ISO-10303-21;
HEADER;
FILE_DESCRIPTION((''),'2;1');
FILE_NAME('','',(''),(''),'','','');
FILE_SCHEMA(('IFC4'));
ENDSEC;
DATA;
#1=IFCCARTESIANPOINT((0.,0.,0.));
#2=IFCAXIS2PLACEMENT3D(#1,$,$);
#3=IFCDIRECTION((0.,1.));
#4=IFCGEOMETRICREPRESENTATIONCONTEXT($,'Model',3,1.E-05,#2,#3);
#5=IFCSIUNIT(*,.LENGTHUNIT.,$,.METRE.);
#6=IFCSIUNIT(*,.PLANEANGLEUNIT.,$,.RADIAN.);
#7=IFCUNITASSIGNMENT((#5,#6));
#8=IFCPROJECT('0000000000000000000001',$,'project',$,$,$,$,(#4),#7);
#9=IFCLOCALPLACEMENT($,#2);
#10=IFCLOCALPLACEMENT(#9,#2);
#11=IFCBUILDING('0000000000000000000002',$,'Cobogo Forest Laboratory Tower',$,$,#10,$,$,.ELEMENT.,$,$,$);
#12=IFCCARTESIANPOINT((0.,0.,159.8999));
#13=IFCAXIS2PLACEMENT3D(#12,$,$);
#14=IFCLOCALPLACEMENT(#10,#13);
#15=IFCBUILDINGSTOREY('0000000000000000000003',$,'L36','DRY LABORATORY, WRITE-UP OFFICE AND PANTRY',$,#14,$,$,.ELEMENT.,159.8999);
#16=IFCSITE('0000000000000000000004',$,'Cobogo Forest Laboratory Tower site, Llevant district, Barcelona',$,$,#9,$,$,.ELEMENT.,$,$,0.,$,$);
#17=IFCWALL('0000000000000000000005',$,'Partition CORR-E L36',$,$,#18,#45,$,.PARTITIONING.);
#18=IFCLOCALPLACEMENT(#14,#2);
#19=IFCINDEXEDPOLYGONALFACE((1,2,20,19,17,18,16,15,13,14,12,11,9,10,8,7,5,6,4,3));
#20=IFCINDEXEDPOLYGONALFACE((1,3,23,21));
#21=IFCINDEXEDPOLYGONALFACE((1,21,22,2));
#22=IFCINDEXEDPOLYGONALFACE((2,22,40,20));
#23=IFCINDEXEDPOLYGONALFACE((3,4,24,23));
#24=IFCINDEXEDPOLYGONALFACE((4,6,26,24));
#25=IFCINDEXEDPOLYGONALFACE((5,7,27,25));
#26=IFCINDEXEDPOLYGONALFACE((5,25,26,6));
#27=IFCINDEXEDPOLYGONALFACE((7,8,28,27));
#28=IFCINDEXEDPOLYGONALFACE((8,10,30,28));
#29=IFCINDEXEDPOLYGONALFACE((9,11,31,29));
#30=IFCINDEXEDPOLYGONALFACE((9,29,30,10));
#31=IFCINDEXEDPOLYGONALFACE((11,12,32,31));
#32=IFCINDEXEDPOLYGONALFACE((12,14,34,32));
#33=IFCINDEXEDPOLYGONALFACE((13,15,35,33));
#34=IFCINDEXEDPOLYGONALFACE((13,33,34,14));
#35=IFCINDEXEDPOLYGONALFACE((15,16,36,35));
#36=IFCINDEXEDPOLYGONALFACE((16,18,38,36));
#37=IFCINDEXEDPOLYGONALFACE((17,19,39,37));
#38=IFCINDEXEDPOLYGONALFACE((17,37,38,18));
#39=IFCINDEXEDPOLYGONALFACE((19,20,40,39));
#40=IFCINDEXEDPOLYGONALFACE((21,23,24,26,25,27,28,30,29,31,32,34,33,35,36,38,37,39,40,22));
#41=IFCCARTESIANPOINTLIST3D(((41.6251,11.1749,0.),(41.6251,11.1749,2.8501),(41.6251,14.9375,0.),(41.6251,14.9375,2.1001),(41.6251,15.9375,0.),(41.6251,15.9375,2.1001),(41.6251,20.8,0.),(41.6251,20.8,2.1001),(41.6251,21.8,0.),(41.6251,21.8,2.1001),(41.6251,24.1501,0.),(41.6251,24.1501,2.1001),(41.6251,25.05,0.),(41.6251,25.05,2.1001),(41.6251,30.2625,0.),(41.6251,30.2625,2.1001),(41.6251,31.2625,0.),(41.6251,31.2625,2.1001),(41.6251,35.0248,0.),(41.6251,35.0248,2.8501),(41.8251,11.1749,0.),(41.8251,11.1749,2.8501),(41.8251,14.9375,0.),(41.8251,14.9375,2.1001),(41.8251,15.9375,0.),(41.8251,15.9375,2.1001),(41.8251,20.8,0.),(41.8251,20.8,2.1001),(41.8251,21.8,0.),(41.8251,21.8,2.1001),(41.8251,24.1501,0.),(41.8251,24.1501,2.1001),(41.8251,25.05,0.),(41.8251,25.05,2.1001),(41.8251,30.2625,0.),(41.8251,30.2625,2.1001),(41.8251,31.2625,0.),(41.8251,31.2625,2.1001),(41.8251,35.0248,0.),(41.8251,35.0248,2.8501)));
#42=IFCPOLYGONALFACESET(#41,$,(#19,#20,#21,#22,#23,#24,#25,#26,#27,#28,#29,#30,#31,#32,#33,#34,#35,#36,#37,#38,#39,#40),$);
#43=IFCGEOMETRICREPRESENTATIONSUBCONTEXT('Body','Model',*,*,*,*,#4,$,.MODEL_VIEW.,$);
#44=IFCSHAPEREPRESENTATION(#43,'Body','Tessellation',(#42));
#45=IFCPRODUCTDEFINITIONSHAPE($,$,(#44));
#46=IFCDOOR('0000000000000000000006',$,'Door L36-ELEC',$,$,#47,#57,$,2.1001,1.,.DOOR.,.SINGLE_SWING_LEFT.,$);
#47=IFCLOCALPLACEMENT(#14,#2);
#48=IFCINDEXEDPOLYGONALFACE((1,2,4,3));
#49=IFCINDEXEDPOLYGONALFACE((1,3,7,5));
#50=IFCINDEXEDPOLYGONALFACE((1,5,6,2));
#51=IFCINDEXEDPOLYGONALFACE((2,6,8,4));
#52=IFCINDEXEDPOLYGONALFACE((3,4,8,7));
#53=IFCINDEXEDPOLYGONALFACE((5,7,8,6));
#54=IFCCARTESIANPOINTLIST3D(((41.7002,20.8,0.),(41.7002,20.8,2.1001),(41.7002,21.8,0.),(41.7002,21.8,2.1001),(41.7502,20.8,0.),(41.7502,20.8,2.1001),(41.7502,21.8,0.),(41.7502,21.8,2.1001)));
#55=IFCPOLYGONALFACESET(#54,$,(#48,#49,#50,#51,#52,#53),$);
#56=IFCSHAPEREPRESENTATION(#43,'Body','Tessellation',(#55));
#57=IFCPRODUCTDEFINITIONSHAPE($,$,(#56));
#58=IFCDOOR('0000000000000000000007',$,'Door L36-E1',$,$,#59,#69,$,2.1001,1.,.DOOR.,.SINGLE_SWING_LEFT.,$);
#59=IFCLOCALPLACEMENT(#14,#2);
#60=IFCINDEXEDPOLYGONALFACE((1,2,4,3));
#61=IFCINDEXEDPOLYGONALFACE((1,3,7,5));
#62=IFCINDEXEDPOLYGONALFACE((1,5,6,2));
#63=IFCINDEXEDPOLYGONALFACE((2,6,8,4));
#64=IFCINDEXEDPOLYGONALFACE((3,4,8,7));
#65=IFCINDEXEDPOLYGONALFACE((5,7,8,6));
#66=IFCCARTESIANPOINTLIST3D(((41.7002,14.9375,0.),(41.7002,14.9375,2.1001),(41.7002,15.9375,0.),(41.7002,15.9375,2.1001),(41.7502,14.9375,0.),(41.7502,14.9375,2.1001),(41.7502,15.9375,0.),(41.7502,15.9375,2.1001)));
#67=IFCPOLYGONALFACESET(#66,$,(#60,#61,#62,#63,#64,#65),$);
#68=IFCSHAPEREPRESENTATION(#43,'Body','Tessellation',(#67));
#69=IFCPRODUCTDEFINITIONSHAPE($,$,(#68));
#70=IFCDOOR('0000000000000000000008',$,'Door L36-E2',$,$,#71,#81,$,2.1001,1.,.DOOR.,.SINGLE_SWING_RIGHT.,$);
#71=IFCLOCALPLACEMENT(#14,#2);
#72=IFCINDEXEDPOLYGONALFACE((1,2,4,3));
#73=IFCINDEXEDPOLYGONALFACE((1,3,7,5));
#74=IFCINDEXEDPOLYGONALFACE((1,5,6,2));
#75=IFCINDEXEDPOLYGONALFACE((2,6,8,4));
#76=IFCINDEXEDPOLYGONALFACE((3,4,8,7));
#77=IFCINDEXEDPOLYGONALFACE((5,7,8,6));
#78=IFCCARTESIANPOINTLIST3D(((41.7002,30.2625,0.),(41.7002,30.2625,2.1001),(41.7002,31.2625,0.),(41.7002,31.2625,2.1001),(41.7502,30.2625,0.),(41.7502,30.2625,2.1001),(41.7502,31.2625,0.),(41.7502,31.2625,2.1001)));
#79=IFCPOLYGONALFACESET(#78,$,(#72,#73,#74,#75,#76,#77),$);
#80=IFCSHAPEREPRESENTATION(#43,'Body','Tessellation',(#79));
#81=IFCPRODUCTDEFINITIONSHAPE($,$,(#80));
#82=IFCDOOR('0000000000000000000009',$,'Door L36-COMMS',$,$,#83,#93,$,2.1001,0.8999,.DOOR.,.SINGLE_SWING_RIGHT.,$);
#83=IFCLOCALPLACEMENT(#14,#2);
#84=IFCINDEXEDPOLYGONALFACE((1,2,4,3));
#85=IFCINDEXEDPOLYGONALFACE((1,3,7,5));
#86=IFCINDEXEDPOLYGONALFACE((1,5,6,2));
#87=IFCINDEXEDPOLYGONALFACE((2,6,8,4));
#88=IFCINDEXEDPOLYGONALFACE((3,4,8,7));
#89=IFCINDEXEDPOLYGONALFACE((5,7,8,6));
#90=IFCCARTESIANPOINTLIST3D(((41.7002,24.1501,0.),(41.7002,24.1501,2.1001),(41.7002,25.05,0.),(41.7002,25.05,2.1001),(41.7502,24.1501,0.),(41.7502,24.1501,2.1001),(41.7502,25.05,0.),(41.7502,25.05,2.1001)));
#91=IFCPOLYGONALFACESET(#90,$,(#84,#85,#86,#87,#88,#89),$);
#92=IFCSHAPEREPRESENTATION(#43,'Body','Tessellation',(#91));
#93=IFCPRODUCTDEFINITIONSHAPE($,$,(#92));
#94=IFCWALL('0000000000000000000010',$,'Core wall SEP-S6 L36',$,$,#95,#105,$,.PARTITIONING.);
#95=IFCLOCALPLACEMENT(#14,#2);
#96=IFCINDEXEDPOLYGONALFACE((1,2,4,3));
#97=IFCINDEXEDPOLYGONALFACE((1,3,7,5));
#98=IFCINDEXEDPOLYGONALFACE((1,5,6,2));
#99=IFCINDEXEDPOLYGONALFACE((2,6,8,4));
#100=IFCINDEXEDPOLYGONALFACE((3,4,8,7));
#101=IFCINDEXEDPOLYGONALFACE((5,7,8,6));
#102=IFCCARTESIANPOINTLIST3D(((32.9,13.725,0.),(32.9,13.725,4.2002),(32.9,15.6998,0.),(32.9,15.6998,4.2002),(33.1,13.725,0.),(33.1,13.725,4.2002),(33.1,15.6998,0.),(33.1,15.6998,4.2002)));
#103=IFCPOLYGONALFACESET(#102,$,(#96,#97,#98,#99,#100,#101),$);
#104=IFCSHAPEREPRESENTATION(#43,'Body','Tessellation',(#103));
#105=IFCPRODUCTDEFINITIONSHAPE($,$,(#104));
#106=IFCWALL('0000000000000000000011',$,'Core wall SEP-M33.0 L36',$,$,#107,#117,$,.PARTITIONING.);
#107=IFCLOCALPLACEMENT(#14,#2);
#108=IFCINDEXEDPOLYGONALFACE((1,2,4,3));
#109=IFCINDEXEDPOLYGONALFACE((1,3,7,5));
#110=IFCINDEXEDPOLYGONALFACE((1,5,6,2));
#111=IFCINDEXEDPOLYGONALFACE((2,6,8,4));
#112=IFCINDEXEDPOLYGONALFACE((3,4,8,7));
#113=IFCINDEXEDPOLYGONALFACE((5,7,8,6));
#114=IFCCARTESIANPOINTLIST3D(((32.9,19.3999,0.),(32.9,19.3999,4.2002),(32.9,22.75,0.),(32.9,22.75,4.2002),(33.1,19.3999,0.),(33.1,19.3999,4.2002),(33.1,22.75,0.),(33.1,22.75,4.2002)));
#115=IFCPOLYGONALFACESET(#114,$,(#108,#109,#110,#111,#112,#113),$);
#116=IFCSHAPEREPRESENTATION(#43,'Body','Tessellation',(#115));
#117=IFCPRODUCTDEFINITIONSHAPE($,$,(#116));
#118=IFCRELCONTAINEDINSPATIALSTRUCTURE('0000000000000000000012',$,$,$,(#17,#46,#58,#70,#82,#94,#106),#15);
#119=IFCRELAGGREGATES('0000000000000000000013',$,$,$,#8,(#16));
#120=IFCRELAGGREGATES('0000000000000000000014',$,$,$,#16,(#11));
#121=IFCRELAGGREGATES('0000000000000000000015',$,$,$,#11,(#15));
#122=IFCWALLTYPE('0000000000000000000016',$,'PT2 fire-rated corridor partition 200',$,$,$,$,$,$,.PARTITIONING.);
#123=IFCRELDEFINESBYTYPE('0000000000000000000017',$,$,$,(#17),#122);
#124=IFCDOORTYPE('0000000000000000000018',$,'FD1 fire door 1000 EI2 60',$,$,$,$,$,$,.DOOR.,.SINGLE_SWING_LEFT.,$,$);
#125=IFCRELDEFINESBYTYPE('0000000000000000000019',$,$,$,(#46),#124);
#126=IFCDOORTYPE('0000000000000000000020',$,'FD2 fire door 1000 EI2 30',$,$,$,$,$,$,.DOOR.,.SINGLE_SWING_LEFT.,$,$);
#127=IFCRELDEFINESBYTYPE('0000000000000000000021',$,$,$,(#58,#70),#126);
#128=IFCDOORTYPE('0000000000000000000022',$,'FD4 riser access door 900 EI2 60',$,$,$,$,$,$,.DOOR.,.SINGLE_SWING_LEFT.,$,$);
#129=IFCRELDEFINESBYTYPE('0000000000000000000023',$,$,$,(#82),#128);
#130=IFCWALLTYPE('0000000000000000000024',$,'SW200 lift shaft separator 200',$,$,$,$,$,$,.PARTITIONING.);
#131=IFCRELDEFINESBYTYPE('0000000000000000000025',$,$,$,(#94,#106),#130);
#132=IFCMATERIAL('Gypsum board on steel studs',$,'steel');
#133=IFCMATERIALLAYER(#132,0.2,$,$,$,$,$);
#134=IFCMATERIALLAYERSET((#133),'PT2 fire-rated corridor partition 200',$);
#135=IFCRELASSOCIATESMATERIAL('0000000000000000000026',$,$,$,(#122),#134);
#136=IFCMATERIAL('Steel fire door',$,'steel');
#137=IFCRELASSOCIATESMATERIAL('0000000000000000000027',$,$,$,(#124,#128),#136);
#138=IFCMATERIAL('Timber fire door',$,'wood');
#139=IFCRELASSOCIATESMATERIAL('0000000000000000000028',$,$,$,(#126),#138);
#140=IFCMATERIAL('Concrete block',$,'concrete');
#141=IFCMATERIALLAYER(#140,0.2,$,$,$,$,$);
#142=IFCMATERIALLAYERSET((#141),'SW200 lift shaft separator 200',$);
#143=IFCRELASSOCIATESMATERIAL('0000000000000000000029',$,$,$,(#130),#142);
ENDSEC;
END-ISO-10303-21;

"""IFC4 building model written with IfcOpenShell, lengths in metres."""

from ifc_helpers import new_model, si_unit, direction, frame, frame_2d, origin, place, context, subcontext, project, spatial, rectangle, extrude, material, layer, layer_set, type_object, element, fill, save


model = new_model("IFC4")

# Units and contexts
model_context = context("Model", 3, precision=1e-05, world=origin(), true_north=direction((0.0, 1.0)))
body_context = subcontext(model_context, "Body", "Model", "MODEL_VIEW")
ifc_project = project(units=[si_unit("LENGTHUNIT", "METRE"), si_unit("PLANEANGLEUNIT", "RADIAN")], contexts=[model_context])

# Site, building, storey
site_placement = place(None, origin())
site = spatial("IfcSite", under=ifc_project, at=site_placement, Name="Cobogo Forest Laboratory Tower site, Llevant district, Barcelona", CompositionType="ELEMENT", RefElevation=0.0)
building_placement = place(site_placement, origin())
building = spatial("IfcBuilding", under=site, at=building_placement, Name="Cobogo Forest Laboratory Tower", CompositionType="ELEMENT")
storey_placement = place(building_placement, frame((0.0, 0.0, 159.8999)))
storey = spatial("IfcBuildingStorey", under=building, at=storey_placement, Name="L36", Description="DRY LABORATORY, WRITE-UP OFFICE AND PANTRY", CompositionType="ELEMENT", Elevation=159.8999)

# Wall, openings, doors
ifc_material_1 = material(Name="Steel fire door", Category="steel")
ifc_material_2 = material(Name="Gypsum board on steel studs", Category="steel")
ifc_layer_1 = layer(ifc_material_2, 0.2)
ifc_layer_set_1 = layer_set([ifc_layer_1], Name="PT2 fire-rated corridor partition 200")
wall_type_1 = type_object("IfcWallType", Name="PT2 fire-rated corridor partition 200", PredefinedType="PARTITIONING", material=ifc_layer_set_1)
wall_1_placement = place(storey_placement, frame((41.7251, 11.175, 0.0), z_axis=(0.0, 0.0, 1.0), x_axis=(0.0, 1.0, 0.0)))
wall_1 = element("IfcWall", 1, at=wall_1_placement, inside=storey, type_object=wall_type_1, Name="Partition CORR-E L36", PredefinedType="PARTITIONING", context=body_context, shape_type="SweptSolid", body=[
    extrude(rectangle(XDim=23.8499, YDim=0.2, at=frame_2d((11.9248, 0.0))), origin(), (0.0, 0.0, 1.0), 2.8501),
])
opening_1_placement = place(wall_1_placement, frame((3.7625, 0.0, 0.0)))
opening_1 = element("IfcOpeningElement", 2, at=opening_1_placement, cuts=wall_1, PredefinedType="OPENING", context=body_context, shape_type="SweptSolid", body=[
    extrude(rectangle(XDim=1.0, YDim=2.1001, at=frame_2d((0.5, 1.05))), frame((0.0, 0.1099, 0.0), z_axis=(0.0, -1.0, 0.0), x_axis=(1.0, 0.0, 0.0)), (0.0, 0.0, 1.0), 0.22),
])
opening_2_placement = place(wall_1_placement, frame((9.625, 0.0, 0.0)))
opening_2 = element("IfcOpeningElement", 3, at=opening_2_placement, cuts=wall_1, PredefinedType="OPENING", context=body_context, shape_type="SweptSolid", body=[
    extrude(rectangle(XDim=1.0, YDim=2.1001, at=frame_2d((0.5, 1.05))), frame((0.0, 0.1099, 0.0), z_axis=(0.0, -1.0, 0.0), x_axis=(1.0, 0.0, 0.0)), (0.0, 0.0, 1.0), 0.22),
])
opening_3_placement = place(wall_1_placement, frame((12.9751, 0.0, 0.0)))
opening_3 = element("IfcOpeningElement", 4, at=opening_3_placement, cuts=wall_1, PredefinedType="OPENING", context=body_context, shape_type="SweptSolid", body=[
    extrude(rectangle(XDim=0.8999, YDim=2.1001, at=frame_2d((0.45, 1.05))), frame((0.0, 0.1099, 0.0), z_axis=(0.0, -1.0, 0.0), x_axis=(1.0, 0.0, 0.0)), (0.0, 0.0, 1.0), 0.22),
])
opening_4_placement = place(wall_1_placement, frame((19.0874, 0.0, 0.0)))
opening_4 = element("IfcOpeningElement", 5, at=opening_4_placement, cuts=wall_1, PredefinedType="OPENING", context=body_context, shape_type="SweptSolid", body=[
    extrude(rectangle(XDim=1.0, YDim=2.1001, at=frame_2d((0.5, 1.05))), frame((0.0, 0.1099, 0.0), z_axis=(0.0, -1.0, 0.0), x_axis=(1.0, 0.0, 0.0)), (0.0, 0.0, 1.0), 0.22),
])
door_type_1 = type_object("IfcDoorType", Name="FD1 fire door 1000 EI2 60", OperationType="SINGLE_SWING_LEFT", PredefinedType="DOOR", material=ifc_material_1)
door_1_placement = place(opening_2_placement, origin())
door_1 = element("IfcDoor", 6, at=door_1_placement, inside=storey, type_object=door_type_1, Name="Door L36-ELEC", OperationType="SINGLE_SWING_LEFT", OverallHeight=2.1001, OverallWidth=1.0, PredefinedType="DOOR", context=body_context, shape_type="SweptSolid", body=[
    extrude(rectangle(XDim=1.0, YDim=2.1001, at=frame_2d((0.5, 1.05))), frame((0.0, 0.0249, 0.0), z_axis=(0.0, -1.0, 0.0), x_axis=(1.0, 0.0, 0.0)), (0.0, 0.0, 1.0), 0.05),
])
fill(opening_2, door_1)
ifc_material_3 = material(Name="Timber fire door", Category="wood")
door_type_2 = type_object("IfcDoorType", Name="FD2 fire door 1000 EI2 30", OperationType="SINGLE_SWING_LEFT", PredefinedType="DOOR", material=ifc_material_3)
door_2_placement = place(opening_1_placement, origin())
door_2 = element("IfcDoor", 7, at=door_2_placement, inside=storey, type_object=door_type_2, Name="Door L36-E1", OperationType="SINGLE_SWING_LEFT", OverallHeight=2.1001, OverallWidth=1.0, PredefinedType="DOOR", context=body_context, shape_type="SweptSolid", body=[
    extrude(rectangle(XDim=1.0, YDim=2.1001, at=frame_2d((0.5, 1.05))), frame((0.0, 0.0249, 0.0), z_axis=(0.0, -1.0, 0.0), x_axis=(1.0, 0.0, 0.0)), (0.0, 0.0, 1.0), 0.05),
])
fill(opening_1, door_2)
door_3_placement = place(opening_4_placement, origin())
door_3 = element("IfcDoor", 8, at=door_3_placement, inside=storey, type_object=door_type_2, Name="Door L36-E2", OperationType="SINGLE_SWING_RIGHT", OverallHeight=2.1001, OverallWidth=1.0, PredefinedType="DOOR", context=body_context, shape_type="SweptSolid", body=[
    extrude(rectangle(XDim=1.0, YDim=2.1001, at=frame_2d((0.5, 1.05))), frame((0.0, 0.0249, 0.0), z_axis=(0.0, -1.0, 0.0), x_axis=(1.0, 0.0, 0.0)), (0.0, 0.0, 1.0), 0.05),
])
fill(opening_4, door_3)
door_type_3 = type_object("IfcDoorType", Name="FD4 riser access door 900 EI2 60", OperationType="SINGLE_SWING_LEFT", PredefinedType="DOOR", material=ifc_material_1)
door_4_placement = place(opening_3_placement, origin())
door_4 = element("IfcDoor", 9, at=door_4_placement, inside=storey, type_object=door_type_3, Name="Door L36-COMMS", OperationType="SINGLE_SWING_RIGHT", OverallHeight=2.1001, OverallWidth=0.8999, PredefinedType="DOOR", context=body_context, shape_type="SweptSolid", body=[
    extrude(rectangle(XDim=0.8999, YDim=2.1001, at=frame_2d((0.45, 1.05))), frame((0.0, 0.0249, 0.0), z_axis=(0.0, -1.0, 0.0), x_axis=(1.0, 0.0, 0.0)), (0.0, 0.0, 1.0), 0.05),
])
fill(opening_3, door_4)

# Walls
ifc_material_4 = material(Name="Concrete block", Category="concrete")
ifc_layer_2 = layer(ifc_material_4, 0.2)
ifc_layer_set_2 = layer_set([ifc_layer_2], Name="SW200 lift shaft separator 200")
wall_type_2 = type_object("IfcWallType", Name="SW200 lift shaft separator 200", PredefinedType="PARTITIONING", material=ifc_layer_set_2)
wall_2_placement = place(storey_placement, frame((33.0, 13.7251, 0.0), z_axis=(0.0, 0.0, 1.0), x_axis=(0.0, 1.0, 0.0)))
element("IfcWall", 10, at=wall_2_placement, inside=storey, type_object=wall_type_2, Name="Core wall SEP-S6 L36", PredefinedType="PARTITIONING", context=body_context, shape_type="SweptSolid", body=[
    extrude(rectangle(XDim=1.9749, YDim=0.2, at=frame_2d((0.9873, 0.0))), origin(), (0.0, 0.0, 1.0), 4.2002),
])
wall_3_placement = place(storey_placement, frame((33.0, 19.3999, 0.0), z_axis=(0.0, 0.0, 1.0), x_axis=(0.0, 1.0, 0.0)))
element("IfcWall", 11, at=wall_3_placement, inside=storey, type_object=wall_type_2, Name="Core wall SEP-M33.0 L36", PredefinedType="PARTITIONING", context=body_context, shape_type="SweptSolid", body=[
    extrude(rectangle(XDim=3.3501, YDim=0.2, at=frame_2d((1.675, 0.0))), origin(), (0.0, 0.0, 1.0), 4.2002),
])

save(model, "model.ifc")
